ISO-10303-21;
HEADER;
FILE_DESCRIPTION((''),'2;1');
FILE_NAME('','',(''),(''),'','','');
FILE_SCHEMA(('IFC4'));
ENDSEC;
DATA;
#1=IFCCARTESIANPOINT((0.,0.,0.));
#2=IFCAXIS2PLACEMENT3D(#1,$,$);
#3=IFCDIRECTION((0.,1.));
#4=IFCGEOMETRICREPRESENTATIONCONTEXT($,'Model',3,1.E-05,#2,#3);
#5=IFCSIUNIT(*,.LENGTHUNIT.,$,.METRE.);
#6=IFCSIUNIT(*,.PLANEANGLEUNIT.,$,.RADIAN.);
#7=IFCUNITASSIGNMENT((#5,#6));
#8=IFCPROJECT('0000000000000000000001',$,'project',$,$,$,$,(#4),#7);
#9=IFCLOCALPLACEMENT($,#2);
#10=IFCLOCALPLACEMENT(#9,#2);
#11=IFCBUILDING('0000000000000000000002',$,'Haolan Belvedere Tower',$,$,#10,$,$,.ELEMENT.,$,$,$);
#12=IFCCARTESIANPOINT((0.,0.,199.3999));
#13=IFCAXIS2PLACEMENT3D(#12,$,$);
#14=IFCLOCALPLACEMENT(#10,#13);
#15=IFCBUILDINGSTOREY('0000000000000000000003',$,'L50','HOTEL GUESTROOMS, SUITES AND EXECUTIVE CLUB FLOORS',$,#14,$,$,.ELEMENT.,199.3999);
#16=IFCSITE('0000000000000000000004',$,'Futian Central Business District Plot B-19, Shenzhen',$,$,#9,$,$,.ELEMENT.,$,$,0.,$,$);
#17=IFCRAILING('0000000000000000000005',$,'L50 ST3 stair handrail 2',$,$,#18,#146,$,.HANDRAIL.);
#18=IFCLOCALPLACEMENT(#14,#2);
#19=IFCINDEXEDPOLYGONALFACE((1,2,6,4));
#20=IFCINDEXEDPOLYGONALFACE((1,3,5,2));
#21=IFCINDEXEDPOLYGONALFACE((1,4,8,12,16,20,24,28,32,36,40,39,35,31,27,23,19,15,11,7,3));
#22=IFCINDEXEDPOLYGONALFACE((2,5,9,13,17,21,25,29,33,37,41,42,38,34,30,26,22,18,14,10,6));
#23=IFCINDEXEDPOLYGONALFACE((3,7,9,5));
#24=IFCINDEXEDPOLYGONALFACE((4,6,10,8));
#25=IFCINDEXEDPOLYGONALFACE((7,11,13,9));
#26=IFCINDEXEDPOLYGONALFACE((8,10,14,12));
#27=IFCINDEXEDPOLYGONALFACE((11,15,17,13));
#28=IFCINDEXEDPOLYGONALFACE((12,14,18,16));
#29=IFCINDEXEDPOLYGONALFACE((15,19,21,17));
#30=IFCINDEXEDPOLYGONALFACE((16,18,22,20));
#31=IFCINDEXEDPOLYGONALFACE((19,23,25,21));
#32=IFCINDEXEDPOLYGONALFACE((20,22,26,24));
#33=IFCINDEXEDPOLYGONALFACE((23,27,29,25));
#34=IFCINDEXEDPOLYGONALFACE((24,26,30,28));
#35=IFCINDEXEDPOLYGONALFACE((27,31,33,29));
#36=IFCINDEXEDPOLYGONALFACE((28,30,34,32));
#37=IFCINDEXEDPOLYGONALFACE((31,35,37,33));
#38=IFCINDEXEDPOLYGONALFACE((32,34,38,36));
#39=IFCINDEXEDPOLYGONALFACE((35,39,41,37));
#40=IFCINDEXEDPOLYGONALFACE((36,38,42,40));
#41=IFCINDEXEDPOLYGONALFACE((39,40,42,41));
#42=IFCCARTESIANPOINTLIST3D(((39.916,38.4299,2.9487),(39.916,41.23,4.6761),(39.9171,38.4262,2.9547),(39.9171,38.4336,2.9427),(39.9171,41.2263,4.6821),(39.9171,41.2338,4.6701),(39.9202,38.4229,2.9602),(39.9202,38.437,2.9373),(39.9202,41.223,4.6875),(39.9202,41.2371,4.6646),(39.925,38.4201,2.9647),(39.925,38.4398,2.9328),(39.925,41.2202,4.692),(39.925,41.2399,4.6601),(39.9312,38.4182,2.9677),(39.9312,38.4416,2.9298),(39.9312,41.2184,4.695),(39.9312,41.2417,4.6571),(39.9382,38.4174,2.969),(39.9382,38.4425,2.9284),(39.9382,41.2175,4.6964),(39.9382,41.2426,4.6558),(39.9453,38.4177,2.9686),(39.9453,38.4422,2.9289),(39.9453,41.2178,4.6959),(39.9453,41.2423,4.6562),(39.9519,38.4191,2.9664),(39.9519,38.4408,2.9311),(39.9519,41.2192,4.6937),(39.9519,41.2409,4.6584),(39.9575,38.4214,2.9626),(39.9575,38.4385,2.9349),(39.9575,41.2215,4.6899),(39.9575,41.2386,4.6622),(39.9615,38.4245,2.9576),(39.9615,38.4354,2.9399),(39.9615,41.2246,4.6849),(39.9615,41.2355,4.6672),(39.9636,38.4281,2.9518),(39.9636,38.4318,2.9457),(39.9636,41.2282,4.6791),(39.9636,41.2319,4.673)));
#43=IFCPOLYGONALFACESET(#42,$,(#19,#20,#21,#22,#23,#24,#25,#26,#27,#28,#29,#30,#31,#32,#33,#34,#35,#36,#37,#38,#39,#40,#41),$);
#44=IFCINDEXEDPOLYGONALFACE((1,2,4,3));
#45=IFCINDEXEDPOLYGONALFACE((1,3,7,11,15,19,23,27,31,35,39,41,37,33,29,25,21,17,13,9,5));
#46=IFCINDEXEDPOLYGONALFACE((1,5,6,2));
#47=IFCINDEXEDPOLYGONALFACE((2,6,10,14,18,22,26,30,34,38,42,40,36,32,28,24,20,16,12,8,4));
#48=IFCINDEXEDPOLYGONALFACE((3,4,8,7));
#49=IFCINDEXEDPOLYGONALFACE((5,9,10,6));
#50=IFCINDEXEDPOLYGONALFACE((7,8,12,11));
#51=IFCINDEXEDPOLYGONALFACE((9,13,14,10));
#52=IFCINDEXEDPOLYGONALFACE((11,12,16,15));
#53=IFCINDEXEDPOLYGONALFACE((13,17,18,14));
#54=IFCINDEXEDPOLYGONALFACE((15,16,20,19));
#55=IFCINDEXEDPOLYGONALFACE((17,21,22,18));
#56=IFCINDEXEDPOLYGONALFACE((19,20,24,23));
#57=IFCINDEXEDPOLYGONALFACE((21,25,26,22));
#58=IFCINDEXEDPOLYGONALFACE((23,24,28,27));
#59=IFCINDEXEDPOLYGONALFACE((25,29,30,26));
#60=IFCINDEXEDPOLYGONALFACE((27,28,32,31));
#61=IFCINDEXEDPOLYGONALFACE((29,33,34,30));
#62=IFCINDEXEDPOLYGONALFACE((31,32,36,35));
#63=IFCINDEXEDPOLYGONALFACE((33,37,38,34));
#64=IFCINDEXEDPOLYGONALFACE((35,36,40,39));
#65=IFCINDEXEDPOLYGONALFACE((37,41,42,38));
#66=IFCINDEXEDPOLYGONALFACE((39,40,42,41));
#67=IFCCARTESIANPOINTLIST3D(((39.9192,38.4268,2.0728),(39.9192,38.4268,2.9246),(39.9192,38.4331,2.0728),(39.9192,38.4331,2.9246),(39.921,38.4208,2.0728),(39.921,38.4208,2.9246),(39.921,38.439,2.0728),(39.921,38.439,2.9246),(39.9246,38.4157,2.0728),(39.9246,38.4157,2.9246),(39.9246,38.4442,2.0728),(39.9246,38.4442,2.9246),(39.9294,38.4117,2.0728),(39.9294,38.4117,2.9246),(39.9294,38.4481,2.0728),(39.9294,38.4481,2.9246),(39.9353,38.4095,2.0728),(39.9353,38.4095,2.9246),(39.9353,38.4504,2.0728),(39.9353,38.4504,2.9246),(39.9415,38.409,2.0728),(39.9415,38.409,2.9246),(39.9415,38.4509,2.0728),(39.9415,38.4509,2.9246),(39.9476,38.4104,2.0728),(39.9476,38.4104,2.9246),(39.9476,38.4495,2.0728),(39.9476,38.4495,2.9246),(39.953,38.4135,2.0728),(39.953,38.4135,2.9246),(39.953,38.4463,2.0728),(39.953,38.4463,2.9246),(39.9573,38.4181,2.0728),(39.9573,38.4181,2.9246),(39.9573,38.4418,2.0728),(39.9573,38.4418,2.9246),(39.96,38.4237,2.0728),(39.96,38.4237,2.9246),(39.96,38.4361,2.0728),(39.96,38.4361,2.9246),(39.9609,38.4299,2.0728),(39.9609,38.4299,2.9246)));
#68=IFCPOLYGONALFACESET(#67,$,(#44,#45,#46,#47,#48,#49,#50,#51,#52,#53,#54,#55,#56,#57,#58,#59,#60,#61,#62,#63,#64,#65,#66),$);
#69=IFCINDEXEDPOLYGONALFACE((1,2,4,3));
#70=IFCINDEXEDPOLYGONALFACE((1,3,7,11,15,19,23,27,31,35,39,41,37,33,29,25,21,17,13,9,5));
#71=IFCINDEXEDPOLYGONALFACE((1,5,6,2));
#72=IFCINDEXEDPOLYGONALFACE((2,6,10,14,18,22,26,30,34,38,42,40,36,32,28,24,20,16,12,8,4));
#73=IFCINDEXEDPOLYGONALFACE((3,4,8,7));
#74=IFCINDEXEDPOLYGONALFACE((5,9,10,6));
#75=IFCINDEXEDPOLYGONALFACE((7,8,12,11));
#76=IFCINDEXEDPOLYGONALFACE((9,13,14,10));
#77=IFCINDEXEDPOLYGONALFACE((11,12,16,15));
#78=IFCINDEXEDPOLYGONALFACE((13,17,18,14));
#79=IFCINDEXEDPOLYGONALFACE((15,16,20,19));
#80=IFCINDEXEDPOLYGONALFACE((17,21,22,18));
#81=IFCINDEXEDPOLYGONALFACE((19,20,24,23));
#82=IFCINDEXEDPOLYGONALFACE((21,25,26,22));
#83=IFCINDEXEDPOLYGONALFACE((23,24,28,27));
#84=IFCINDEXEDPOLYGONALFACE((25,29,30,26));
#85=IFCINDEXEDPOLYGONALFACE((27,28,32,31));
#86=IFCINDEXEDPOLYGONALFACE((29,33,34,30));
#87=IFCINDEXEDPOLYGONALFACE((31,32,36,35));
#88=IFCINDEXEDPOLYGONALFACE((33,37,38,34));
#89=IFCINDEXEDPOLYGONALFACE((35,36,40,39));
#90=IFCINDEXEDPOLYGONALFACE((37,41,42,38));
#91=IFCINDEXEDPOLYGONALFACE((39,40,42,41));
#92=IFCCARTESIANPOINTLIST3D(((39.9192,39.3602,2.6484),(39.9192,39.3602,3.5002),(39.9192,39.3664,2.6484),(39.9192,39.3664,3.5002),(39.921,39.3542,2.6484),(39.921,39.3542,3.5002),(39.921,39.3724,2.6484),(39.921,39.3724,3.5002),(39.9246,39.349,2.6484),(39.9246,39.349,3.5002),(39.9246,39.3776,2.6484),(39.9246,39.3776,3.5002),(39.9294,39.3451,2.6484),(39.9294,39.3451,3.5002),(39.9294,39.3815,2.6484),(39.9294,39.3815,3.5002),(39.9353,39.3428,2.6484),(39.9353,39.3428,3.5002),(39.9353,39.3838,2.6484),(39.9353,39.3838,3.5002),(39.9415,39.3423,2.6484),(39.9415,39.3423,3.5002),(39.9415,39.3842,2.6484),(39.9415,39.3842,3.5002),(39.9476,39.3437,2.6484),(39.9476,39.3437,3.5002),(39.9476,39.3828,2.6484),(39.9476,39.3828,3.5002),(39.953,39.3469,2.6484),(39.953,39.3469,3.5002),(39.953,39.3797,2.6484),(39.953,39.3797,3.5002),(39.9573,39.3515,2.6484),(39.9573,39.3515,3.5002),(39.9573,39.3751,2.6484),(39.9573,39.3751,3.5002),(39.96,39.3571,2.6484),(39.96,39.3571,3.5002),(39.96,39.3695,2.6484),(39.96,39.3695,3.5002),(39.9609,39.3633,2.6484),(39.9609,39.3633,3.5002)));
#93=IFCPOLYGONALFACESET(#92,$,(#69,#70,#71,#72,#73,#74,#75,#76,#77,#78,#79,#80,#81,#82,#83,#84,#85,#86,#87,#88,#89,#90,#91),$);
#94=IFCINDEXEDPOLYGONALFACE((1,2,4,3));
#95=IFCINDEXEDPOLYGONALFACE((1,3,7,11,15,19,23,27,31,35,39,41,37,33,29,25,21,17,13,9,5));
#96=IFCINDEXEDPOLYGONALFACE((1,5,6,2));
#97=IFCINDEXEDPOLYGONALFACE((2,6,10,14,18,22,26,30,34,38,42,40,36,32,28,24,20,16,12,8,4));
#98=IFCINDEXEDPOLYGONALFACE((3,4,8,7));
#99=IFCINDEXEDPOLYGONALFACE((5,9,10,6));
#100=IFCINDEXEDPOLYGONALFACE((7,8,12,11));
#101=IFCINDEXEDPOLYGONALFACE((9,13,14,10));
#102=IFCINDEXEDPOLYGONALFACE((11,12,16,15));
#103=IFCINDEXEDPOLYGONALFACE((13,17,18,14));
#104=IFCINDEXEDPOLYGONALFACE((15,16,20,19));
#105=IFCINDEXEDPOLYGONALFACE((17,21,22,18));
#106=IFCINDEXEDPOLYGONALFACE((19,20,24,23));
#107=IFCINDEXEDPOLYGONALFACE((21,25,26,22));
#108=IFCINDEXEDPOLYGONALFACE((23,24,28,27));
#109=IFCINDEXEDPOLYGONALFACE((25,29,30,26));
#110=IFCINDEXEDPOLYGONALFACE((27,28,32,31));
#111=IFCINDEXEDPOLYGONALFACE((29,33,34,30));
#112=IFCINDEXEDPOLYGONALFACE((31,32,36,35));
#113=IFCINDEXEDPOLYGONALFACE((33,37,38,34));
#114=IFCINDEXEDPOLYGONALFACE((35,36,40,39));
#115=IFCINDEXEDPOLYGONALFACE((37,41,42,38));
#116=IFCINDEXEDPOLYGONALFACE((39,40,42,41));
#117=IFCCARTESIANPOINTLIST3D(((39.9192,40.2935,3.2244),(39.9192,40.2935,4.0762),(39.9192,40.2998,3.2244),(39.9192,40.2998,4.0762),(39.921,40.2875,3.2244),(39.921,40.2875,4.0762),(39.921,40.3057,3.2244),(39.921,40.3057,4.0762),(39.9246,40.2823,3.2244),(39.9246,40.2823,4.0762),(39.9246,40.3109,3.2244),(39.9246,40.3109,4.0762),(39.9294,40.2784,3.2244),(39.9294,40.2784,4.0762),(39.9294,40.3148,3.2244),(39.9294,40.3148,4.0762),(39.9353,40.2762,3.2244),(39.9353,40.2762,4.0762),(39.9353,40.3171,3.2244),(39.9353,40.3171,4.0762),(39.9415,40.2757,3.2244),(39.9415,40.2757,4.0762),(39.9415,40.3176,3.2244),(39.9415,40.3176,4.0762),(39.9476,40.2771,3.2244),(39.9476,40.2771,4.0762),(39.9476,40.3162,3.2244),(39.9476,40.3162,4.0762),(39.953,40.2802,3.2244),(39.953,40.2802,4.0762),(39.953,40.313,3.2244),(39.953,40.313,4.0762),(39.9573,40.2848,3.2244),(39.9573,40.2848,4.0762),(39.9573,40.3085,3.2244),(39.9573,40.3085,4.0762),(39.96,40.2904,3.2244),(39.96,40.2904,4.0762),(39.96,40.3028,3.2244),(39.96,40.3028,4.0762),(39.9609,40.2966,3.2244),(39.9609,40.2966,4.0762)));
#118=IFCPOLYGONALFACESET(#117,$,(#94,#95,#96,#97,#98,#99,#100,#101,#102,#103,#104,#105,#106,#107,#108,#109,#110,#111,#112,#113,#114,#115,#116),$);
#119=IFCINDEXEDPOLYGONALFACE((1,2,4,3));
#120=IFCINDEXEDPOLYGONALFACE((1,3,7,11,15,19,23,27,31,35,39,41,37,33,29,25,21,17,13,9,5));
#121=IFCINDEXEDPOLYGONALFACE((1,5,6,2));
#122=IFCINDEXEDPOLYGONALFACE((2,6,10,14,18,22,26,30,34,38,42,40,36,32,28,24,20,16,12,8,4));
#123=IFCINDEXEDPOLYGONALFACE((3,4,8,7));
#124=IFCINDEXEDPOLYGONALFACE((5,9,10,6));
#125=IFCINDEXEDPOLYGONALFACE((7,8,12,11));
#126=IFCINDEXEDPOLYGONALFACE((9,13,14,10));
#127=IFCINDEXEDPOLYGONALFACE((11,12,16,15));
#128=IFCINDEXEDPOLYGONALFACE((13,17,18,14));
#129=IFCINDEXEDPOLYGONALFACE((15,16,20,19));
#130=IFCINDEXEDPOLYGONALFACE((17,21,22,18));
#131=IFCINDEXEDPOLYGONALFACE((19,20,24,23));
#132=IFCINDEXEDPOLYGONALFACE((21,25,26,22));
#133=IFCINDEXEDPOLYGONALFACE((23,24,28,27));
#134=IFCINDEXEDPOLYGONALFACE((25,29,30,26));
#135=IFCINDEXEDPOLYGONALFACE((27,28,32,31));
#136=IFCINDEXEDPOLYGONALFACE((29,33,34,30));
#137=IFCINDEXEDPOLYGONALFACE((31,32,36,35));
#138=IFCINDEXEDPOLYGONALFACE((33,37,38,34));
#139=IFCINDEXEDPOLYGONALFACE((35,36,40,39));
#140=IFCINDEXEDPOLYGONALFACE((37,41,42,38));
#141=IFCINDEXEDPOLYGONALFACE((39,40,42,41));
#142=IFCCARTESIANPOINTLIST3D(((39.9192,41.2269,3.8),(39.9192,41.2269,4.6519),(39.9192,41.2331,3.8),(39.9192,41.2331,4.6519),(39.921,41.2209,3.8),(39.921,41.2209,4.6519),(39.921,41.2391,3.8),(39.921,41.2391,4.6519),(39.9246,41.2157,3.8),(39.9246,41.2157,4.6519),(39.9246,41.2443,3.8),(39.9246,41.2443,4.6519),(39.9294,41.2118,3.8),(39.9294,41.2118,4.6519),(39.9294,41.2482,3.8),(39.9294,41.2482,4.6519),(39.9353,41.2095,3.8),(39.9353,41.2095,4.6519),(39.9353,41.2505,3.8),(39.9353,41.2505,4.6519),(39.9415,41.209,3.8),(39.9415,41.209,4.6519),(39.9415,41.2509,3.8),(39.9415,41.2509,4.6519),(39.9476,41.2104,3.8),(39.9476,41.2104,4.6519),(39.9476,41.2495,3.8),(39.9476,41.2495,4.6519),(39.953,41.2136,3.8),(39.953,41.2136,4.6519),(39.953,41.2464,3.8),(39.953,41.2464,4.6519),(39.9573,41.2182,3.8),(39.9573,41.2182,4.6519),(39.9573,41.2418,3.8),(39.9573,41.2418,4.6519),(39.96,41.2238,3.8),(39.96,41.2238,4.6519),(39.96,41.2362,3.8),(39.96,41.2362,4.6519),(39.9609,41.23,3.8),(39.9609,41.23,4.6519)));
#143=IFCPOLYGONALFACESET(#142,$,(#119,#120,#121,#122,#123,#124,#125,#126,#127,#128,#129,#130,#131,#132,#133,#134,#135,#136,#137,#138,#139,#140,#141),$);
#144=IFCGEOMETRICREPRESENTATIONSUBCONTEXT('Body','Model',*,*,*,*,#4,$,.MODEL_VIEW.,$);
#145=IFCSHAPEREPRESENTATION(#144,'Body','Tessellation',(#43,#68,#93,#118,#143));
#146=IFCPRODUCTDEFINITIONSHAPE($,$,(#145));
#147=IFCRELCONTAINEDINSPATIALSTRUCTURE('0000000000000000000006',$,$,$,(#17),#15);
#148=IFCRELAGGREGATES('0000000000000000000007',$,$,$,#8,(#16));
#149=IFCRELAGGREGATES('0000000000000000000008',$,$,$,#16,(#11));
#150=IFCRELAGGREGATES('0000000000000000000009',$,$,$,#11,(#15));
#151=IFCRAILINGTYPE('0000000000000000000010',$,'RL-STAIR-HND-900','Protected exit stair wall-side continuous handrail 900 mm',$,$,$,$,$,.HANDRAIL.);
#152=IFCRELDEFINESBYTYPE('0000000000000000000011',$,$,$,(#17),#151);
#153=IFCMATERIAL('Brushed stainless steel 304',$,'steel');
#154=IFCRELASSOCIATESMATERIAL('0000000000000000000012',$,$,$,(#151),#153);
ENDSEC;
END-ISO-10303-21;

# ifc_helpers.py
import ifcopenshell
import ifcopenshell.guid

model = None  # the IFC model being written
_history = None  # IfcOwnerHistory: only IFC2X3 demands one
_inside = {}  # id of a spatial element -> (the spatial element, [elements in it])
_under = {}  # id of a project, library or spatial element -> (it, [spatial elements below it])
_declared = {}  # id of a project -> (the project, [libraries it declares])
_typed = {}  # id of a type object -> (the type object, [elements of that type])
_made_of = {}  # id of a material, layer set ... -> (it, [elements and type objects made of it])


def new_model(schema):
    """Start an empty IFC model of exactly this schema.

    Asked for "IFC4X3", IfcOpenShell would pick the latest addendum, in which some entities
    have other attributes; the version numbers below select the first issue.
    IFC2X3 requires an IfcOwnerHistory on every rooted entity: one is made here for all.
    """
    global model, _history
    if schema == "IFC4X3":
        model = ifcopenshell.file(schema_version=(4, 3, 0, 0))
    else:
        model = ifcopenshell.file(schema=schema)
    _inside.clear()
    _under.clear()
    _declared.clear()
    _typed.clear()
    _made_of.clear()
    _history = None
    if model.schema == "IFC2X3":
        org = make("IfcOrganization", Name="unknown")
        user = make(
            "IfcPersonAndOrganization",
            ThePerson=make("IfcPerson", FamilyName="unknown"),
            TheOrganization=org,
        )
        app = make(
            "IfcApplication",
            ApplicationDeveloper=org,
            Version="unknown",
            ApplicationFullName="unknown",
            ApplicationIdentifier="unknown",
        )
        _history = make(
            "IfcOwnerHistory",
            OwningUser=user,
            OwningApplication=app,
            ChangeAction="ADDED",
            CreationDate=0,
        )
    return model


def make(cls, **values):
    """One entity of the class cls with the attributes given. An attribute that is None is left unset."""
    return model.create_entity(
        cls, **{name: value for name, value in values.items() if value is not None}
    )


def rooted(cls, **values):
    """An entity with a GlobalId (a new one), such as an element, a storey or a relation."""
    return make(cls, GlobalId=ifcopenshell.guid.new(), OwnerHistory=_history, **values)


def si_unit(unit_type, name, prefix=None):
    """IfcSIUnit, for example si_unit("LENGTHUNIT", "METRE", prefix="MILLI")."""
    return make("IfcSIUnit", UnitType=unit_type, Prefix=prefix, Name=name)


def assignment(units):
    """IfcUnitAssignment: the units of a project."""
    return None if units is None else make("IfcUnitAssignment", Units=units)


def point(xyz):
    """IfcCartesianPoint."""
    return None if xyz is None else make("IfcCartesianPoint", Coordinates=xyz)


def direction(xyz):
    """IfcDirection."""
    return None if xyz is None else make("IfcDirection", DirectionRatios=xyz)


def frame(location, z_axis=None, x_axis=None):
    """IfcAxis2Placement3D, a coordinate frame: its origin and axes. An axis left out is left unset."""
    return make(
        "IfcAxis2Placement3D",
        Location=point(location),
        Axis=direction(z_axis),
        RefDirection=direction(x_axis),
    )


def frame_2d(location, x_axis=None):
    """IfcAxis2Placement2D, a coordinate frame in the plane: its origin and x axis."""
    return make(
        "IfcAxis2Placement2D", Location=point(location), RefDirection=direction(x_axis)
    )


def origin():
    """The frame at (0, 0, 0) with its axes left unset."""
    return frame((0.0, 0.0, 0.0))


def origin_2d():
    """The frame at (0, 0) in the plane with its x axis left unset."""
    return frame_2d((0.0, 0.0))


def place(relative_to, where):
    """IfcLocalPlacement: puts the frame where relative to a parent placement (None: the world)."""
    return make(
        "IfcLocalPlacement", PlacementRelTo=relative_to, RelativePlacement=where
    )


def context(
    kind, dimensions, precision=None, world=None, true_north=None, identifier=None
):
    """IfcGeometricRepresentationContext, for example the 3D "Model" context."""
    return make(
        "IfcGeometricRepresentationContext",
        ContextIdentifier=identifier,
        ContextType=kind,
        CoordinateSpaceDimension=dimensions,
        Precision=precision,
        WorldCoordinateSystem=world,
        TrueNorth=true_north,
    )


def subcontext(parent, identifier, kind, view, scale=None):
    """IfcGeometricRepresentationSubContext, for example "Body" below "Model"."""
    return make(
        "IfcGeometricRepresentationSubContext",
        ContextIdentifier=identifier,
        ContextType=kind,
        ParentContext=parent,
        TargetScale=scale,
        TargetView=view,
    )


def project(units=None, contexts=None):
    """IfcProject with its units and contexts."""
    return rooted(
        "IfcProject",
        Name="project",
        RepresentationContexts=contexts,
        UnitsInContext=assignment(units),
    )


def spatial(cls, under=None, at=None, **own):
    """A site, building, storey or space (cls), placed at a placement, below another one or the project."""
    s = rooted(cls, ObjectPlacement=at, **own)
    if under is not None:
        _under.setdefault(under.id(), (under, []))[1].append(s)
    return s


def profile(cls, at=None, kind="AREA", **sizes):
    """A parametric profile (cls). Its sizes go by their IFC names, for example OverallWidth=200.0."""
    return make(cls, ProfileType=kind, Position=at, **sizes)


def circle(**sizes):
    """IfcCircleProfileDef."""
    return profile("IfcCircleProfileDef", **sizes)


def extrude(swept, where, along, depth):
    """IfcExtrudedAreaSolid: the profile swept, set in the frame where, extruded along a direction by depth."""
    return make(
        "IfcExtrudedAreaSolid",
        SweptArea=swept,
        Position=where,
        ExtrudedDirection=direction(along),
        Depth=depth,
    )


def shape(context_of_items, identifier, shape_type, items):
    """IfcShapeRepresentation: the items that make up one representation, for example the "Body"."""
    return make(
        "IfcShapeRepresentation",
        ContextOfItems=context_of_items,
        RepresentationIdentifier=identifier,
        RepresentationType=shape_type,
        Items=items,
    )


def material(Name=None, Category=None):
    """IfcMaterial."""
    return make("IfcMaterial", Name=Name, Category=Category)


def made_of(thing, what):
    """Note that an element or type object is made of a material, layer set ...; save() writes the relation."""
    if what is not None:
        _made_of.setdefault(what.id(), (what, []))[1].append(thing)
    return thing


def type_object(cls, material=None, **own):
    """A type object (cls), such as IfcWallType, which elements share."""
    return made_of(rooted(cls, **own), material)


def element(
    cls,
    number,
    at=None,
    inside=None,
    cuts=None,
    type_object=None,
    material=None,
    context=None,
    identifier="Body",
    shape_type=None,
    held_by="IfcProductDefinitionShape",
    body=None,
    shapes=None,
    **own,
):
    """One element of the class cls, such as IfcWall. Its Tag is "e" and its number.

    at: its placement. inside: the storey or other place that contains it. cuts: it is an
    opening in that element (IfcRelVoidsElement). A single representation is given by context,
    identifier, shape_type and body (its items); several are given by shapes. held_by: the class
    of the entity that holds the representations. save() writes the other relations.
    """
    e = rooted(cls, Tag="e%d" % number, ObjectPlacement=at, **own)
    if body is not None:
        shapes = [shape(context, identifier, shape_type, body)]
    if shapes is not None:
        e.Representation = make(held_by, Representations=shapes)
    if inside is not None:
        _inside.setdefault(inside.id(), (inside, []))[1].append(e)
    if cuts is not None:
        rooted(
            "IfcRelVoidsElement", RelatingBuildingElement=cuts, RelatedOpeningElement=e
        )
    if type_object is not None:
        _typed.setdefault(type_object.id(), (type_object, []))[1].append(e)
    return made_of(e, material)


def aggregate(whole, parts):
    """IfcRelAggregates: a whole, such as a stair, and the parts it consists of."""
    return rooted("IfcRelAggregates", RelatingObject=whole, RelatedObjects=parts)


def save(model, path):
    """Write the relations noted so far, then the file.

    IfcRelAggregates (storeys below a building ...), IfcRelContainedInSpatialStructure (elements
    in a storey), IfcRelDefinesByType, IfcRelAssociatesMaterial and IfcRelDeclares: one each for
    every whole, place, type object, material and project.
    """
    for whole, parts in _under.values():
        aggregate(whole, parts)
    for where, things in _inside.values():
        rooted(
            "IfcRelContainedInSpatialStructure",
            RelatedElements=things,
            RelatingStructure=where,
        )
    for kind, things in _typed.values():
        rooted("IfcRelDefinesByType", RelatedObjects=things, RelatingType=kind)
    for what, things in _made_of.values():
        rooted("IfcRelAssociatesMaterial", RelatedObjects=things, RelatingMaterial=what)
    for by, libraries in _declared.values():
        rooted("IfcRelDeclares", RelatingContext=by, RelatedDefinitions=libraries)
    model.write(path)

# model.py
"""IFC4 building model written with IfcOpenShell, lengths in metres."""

from ifc_helpers import new_model, si_unit, direction, frame, origin, origin_2d, place, context, subcontext, project, spatial, circle, extrude, material, type_object, element, save


model = new_model("IFC4")

# Units and contexts
model_context = context("Model", 3, precision=1e-05, world=origin(), true_north=direction((0.0, 1.0)))
body_context = subcontext(model_context, "Body", "Model", "MODEL_VIEW")
ifc_project = project(units=[si_unit("LENGTHUNIT", "METRE"), si_unit("PLANEANGLEUNIT", "RADIAN")], contexts=[model_context])

# Site, building, storey
site_placement = place(None, origin())
site = spatial("IfcSite", under=ifc_project, at=site_placement, Name="Futian Central Business District Plot B-19, Shenzhen", CompositionType="ELEMENT", RefElevation=0.0)
building_placement = place(site_placement, origin())
building = spatial("IfcBuilding", under=site, at=building_placement, Name="Haolan Belvedere Tower", CompositionType="ELEMENT")
storey_placement = place(building_placement, frame((0.0, 0.0, 199.3999)))
storey = spatial("IfcBuildingStorey", under=building, at=storey_placement, Name="L50", Description="HOTEL GUESTROOMS, SUITES AND EXECUTIVE CLUB FLOORS", CompositionType="ELEMENT", Elevation=199.3999)

# Railing
ifc_material_1 = material(Name="Brushed stainless steel 304", Category="steel")
railing_type_1 = type_object("IfcRailingType", Name="RL-STAIR-HND-900", Description="Protected exit stair wall-side continuous handrail 900 mm", PredefinedType="HANDRAIL", material=ifc_material_1)
railing_1_placement = place(storey_placement, frame((39.9399, 38.4299, 2.0728)))
element("IfcRailing", 1, at=railing_1_placement, inside=storey, type_object=railing_type_1, Name="L50 ST3 stair handrail 2", PredefinedType="HANDRAIL", context=body_context, shape_type="SweptSolid", body=[
    extrude(circle(Radius=0.0239, at=origin_2d()), frame((0.0, 0.0, 0.876), z_axis=(0.0, 0.85109, 0.52502), x_axis=(-1.0, 0.0, 0.0)), (0.0, 0.0, 1.0), 3.29),
    extrude(circle(Radius=0.021, at=origin_2d()), origin(), (0.0, 0.0, 1.0), 0.8518),
    extrude(circle(Radius=0.021, at=origin_2d()), frame((0.0, 0.9333, 0.5757)), (0.0, 0.0, 1.0), 0.8518),
    extrude(circle(Radius=0.021, at=origin_2d()), frame((0.0, 1.8667, 1.1516)), (0.0, 0.0, 1.0), 0.8518),
    extrude(circle(Radius=0.021, at=origin_2d()), frame((0.0, 2.8, 1.7273)), (0.0, 0.0, 1.0), 0.8518),
])

save(model, "model.ifc")
